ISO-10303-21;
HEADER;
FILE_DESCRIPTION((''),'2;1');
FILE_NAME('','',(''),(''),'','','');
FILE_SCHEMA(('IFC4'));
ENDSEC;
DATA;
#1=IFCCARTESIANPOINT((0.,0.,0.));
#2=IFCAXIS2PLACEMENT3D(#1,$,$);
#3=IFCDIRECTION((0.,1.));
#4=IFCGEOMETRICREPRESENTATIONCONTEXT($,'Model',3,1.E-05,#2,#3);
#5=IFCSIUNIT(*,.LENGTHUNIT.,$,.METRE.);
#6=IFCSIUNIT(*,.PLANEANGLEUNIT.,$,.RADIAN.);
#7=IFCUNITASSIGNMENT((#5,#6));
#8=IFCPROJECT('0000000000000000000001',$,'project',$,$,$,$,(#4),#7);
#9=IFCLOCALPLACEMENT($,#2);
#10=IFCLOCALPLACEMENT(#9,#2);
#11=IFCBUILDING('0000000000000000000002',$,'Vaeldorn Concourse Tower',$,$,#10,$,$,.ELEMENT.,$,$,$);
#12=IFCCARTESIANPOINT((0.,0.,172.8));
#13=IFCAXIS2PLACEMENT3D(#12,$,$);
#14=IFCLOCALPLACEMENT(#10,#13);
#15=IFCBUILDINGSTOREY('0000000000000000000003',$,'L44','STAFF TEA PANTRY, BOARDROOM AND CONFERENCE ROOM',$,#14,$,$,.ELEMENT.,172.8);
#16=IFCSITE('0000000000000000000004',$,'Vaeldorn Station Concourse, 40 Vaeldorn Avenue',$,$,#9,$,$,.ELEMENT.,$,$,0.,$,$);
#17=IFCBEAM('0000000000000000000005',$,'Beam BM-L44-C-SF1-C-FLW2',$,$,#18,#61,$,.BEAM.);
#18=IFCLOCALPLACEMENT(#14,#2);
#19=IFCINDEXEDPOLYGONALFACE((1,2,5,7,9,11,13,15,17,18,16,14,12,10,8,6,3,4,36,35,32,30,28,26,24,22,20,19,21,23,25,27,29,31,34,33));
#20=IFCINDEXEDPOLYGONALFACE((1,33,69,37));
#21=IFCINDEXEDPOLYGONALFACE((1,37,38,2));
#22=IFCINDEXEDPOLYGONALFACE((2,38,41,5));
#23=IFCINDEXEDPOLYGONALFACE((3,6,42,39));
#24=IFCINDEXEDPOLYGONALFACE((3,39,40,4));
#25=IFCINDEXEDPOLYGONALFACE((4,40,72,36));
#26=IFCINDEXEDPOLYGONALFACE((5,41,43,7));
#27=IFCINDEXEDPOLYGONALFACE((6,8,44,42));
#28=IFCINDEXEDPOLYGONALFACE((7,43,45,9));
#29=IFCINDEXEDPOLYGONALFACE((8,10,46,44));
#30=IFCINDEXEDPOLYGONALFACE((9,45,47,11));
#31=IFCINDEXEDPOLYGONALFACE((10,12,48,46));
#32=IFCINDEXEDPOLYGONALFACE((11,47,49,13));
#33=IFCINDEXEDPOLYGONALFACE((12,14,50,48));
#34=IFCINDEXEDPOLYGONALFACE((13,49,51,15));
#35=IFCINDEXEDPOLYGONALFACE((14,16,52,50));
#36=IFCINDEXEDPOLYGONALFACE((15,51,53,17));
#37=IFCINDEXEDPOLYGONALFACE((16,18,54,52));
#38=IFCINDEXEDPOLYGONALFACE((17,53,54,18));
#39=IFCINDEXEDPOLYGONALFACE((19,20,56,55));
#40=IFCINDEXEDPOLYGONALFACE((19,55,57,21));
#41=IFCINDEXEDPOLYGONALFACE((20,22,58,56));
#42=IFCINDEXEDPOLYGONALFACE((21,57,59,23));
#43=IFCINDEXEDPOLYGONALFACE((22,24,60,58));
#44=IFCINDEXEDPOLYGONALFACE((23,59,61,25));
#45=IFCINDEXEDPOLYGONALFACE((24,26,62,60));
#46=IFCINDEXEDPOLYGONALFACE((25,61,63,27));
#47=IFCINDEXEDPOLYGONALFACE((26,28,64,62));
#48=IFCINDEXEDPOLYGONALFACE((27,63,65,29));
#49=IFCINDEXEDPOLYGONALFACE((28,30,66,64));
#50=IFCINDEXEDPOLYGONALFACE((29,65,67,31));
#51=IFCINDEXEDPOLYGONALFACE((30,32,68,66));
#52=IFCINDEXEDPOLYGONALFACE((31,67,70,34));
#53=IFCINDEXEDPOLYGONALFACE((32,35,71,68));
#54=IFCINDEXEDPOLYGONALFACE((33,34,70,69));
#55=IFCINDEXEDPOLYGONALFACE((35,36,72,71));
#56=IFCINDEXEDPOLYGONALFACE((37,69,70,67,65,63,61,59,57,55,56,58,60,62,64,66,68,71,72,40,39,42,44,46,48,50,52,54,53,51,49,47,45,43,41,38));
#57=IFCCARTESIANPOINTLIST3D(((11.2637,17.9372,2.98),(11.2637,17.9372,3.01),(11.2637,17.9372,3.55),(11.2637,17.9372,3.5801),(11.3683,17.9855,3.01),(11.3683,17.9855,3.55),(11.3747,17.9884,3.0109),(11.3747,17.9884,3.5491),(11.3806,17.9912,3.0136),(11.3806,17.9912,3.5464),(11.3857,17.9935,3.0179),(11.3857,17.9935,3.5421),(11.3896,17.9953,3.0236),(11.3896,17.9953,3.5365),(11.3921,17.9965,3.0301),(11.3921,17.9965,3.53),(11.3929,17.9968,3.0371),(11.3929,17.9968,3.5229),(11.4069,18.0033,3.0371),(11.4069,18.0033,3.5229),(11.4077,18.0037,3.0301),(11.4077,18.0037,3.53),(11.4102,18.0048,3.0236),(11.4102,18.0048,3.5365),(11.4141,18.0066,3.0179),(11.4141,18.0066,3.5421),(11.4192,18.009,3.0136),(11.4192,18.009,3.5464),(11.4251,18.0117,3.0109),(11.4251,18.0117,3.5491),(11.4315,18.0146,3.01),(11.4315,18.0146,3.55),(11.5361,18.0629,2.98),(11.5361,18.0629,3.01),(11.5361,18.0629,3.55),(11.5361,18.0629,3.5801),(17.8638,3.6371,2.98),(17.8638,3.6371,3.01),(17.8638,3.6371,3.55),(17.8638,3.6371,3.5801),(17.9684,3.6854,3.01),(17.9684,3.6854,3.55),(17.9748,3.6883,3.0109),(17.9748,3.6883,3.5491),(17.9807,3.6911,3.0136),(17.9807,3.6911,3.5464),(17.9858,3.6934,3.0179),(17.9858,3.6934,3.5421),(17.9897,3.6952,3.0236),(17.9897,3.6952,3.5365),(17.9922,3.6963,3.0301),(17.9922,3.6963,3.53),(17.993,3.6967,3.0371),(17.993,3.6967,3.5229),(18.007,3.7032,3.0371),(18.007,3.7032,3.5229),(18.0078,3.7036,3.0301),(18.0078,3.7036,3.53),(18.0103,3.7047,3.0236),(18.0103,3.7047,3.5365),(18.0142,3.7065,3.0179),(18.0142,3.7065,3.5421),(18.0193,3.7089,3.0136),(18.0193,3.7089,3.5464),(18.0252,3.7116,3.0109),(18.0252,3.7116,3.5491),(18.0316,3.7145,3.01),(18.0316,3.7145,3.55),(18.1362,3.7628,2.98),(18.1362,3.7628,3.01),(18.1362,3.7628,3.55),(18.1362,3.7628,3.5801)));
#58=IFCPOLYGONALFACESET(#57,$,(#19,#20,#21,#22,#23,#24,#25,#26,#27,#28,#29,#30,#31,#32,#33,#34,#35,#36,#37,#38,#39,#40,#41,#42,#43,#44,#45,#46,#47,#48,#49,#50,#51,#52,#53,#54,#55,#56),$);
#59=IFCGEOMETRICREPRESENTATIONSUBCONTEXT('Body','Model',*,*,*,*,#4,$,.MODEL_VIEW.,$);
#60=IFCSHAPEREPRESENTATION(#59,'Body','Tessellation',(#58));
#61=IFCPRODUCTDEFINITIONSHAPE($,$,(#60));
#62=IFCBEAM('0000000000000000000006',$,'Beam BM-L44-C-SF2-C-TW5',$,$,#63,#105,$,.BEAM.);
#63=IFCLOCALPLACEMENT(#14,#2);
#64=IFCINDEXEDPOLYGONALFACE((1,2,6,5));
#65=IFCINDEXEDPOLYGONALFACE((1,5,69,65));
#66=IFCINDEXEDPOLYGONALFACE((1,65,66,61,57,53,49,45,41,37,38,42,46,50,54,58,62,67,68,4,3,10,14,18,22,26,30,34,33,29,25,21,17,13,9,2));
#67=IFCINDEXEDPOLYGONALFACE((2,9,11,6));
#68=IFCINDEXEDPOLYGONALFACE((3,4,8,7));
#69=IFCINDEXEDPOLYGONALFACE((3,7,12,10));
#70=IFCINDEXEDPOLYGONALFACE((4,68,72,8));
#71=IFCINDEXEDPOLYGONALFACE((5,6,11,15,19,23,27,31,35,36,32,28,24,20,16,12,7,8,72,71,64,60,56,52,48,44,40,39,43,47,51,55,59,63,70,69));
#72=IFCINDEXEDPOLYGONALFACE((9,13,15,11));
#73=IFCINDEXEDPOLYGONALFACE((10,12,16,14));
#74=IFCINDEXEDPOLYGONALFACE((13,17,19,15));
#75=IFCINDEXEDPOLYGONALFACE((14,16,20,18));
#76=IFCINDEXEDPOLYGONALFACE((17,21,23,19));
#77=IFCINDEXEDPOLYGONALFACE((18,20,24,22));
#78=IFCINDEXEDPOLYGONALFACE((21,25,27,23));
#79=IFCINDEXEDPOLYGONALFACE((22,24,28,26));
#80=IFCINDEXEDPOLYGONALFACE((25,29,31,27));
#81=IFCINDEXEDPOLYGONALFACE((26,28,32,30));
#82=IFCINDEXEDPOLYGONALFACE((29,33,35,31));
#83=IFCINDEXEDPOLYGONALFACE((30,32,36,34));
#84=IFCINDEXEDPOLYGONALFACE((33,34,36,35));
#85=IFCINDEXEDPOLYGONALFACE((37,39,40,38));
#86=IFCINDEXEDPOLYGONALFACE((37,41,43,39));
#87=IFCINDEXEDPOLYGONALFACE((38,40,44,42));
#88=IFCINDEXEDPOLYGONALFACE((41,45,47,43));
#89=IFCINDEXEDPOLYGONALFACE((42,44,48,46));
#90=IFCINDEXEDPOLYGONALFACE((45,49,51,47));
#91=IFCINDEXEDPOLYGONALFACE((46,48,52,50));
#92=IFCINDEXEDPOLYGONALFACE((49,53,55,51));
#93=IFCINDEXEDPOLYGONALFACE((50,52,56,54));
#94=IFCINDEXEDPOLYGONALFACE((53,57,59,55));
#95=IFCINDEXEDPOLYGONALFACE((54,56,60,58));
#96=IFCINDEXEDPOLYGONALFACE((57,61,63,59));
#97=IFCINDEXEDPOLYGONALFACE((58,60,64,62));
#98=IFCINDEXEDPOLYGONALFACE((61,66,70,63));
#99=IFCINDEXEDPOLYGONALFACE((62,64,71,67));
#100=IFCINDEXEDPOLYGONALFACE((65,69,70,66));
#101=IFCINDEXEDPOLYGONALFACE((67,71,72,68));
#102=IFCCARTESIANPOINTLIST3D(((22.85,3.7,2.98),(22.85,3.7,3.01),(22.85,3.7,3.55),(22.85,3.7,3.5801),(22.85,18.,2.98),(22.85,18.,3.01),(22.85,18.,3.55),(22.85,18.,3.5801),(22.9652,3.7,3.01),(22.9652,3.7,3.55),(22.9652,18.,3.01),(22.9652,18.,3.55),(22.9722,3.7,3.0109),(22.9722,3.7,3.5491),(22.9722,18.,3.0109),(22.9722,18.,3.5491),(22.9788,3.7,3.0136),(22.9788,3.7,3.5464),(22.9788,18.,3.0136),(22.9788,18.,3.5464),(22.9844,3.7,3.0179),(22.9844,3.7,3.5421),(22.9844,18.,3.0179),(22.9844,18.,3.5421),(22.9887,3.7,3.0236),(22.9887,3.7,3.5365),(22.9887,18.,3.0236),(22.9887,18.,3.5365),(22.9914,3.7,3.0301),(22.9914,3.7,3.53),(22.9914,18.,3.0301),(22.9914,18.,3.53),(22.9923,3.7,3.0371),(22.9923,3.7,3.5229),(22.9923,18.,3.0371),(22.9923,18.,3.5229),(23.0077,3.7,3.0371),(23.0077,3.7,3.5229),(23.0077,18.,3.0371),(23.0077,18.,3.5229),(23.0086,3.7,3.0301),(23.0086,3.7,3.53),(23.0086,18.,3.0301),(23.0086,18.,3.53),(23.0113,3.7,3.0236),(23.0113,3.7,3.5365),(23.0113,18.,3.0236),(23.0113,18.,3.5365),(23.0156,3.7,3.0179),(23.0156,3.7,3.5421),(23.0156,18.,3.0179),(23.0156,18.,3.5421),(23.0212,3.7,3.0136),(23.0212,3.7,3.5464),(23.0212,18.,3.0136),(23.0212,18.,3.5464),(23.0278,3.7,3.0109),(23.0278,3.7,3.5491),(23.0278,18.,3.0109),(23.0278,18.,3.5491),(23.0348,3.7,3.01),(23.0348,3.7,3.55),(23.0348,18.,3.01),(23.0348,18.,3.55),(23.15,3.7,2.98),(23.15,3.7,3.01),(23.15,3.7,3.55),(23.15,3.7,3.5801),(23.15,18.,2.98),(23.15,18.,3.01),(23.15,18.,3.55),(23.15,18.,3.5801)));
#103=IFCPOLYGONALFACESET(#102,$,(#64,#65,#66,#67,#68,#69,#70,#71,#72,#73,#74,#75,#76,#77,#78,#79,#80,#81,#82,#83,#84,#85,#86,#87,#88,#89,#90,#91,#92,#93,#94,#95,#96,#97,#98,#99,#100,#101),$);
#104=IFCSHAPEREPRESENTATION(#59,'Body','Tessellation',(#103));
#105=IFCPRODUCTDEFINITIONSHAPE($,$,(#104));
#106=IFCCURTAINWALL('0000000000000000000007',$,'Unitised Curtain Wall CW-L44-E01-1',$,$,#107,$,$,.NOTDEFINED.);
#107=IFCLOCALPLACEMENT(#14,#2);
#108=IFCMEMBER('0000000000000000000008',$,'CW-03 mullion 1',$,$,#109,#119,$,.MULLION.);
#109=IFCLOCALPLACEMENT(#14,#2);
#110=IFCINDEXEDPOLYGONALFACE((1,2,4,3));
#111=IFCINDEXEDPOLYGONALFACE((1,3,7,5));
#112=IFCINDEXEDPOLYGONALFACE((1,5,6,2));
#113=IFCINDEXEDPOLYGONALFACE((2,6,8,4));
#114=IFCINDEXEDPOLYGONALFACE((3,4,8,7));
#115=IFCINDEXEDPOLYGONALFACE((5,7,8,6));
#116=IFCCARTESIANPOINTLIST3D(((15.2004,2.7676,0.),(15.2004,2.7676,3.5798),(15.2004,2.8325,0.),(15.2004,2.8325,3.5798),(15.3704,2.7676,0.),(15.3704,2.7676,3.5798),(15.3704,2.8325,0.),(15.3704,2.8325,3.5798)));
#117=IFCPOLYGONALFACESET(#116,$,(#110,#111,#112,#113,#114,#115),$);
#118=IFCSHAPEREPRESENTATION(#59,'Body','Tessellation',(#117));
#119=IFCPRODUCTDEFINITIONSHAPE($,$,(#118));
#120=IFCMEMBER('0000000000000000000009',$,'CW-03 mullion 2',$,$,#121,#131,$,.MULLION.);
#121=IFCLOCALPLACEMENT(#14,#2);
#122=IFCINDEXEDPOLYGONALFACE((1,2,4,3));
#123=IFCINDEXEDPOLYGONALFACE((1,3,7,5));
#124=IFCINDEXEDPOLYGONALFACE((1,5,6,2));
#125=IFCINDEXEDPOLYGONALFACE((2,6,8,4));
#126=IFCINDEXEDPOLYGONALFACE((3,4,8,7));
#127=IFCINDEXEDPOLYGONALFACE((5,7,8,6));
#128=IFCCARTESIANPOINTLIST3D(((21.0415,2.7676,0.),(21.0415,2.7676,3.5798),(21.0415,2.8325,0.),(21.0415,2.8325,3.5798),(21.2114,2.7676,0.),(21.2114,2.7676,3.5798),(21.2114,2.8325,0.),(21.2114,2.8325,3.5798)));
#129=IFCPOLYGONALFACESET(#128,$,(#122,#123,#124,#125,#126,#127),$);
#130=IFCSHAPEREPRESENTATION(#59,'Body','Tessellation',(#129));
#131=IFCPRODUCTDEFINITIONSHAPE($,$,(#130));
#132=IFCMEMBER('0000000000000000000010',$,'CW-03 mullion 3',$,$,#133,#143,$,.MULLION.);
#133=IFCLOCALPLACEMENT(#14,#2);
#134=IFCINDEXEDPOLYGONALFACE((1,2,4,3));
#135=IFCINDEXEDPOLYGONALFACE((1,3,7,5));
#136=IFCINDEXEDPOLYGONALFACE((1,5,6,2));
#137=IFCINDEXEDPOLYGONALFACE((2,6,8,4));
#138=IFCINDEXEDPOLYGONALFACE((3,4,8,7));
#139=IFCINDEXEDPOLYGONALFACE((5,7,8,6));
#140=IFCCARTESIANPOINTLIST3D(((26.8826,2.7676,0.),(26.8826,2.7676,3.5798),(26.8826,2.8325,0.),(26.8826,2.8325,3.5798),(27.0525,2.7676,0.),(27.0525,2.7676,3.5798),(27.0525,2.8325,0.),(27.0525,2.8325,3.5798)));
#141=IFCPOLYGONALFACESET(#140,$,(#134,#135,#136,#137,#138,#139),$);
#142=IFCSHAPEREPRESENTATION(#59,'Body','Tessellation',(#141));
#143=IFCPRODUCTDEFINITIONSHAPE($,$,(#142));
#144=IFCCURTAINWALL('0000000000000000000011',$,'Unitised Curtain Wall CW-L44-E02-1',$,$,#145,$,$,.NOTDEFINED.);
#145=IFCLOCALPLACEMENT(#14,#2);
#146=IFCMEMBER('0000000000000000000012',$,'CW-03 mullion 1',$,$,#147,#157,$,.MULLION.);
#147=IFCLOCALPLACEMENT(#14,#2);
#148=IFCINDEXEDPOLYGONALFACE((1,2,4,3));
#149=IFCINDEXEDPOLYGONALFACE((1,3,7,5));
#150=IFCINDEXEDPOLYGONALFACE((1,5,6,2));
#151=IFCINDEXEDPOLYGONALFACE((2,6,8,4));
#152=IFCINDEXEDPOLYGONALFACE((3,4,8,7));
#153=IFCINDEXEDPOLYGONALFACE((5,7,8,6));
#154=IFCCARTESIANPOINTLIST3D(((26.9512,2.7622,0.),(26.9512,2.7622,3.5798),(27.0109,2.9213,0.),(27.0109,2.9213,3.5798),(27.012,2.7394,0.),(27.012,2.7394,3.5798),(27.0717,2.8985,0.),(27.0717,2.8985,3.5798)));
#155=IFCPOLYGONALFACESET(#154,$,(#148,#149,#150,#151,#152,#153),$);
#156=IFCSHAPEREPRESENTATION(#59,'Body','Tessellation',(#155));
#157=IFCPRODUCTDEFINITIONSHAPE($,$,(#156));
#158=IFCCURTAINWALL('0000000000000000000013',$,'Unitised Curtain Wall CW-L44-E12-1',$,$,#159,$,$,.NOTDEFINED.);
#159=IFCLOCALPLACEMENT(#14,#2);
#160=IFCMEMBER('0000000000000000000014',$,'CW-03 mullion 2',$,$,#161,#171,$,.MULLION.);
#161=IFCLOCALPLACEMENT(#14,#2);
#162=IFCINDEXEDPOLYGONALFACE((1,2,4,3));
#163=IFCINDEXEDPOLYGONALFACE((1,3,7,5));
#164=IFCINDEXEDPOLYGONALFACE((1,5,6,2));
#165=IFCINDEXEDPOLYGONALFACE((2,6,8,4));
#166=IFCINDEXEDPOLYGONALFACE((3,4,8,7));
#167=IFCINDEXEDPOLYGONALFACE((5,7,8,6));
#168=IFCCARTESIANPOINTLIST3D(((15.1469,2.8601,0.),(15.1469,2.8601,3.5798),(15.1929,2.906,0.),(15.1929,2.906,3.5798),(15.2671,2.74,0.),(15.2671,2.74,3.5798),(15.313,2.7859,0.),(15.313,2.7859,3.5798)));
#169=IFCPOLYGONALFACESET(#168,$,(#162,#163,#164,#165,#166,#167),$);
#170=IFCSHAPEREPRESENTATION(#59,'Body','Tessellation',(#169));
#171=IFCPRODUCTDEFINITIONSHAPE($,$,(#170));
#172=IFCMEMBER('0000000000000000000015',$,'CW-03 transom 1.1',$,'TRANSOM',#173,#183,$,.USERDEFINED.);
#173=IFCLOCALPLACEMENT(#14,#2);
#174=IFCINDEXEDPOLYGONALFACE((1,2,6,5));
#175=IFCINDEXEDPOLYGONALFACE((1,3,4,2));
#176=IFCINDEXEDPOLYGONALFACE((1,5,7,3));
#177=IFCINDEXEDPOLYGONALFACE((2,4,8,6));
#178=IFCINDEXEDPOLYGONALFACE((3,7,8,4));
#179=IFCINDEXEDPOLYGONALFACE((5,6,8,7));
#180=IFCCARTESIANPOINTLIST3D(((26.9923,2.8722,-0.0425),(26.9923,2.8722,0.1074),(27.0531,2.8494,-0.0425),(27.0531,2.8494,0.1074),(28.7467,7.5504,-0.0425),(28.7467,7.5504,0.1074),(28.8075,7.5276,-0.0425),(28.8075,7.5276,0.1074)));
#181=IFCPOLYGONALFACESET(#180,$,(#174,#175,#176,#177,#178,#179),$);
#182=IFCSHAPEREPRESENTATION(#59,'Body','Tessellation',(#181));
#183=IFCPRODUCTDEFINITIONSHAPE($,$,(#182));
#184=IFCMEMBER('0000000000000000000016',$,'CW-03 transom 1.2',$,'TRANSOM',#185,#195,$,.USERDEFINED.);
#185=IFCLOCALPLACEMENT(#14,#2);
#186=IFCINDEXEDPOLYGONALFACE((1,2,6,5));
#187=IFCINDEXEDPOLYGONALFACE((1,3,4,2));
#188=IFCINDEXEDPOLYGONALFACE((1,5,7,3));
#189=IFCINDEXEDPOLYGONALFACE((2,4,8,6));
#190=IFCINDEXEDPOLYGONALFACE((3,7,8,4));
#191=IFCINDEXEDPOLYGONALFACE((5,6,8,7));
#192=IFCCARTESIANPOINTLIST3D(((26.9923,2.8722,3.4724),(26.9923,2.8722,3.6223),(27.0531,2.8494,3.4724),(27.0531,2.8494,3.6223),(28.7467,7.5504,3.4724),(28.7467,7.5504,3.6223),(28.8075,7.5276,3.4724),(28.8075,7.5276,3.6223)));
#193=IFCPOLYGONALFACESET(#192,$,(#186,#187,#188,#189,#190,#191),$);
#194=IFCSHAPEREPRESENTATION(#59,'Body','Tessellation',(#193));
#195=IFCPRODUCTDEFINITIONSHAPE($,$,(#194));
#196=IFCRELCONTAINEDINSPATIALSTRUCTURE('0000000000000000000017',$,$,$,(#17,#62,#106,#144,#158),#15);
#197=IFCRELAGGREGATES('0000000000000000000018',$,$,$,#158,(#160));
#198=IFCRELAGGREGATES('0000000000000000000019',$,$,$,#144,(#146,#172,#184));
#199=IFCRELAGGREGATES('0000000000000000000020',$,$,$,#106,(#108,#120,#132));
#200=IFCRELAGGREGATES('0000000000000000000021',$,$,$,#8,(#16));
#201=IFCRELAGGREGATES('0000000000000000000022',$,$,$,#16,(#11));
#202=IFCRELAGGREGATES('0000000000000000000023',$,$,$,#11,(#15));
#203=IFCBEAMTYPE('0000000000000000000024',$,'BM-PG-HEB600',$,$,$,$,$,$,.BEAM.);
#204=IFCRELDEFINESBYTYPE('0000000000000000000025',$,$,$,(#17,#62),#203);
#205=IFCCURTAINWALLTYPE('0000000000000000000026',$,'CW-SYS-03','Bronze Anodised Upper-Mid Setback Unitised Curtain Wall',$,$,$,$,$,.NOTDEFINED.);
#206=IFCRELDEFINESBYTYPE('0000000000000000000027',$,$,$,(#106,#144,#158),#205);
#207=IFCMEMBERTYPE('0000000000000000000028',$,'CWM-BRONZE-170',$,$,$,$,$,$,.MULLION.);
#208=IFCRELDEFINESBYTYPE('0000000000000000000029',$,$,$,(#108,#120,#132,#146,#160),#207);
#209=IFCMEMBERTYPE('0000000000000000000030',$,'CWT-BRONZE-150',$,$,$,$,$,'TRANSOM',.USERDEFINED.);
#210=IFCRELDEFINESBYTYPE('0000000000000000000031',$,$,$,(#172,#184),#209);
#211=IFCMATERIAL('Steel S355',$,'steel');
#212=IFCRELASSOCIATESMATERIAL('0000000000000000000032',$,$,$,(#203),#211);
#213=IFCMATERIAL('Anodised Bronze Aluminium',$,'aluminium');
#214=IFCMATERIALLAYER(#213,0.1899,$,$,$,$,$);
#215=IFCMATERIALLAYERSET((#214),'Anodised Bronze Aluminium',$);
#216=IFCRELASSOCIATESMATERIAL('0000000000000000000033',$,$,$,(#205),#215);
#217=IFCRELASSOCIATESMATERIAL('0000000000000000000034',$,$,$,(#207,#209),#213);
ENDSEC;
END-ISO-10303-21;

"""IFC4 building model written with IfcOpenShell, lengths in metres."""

from ifc_helpers import new_model, si_unit, direction, frame, origin, origin_2d, place, context, subcontext, project, spatial, rectangle, i_section, extrude, source, transform, mapped, material, layer, layer_set, material_profile, profile_set, type_object, element, aggregate, save


model = new_model("IFC4")

# Units and contexts
model_context = context("Model", 3, precision=1e-05, world=origin(), true_north=direction((0.0, 1.0)))
body_context = subcontext(model_context, "Body", "Model", "MODEL_VIEW")
ifc_project = project(units=[si_unit("LENGTHUNIT", "METRE"), si_unit("PLANEANGLEUNIT", "RADIAN")], contexts=[model_context])

# Site, building, storey
site_placement = place(None, origin())
site = spatial("IfcSite", under=ifc_project, at=site_placement, Name="Vaeldorn Station Concourse, 40 Vaeldorn Avenue", CompositionType="ELEMENT", RefElevation=0.0)
building_placement = place(site_placement, origin())
building = spatial("IfcBuilding", under=site, at=building_placement, Name="Vaeldorn Concourse Tower", CompositionType="ELEMENT")
storey_placement = place(building_placement, frame((0.0, 0.0, 172.8)))
storey = spatial("IfcBuildingStorey", under=building, at=storey_placement, Name="L44", Description="STAFF TEA PANTRY, BOARDROOM AND CONFERENCE ROOM", CompositionType="ELEMENT", Elevation=172.8)

# Shared definitions
ifc_material_1 = material(Name="Steel S355", Category="steel")

# Beams
ifc_material_profile_1 = material_profile(ifc_material_1, i_section(OverallWidth=0.3, OverallDepth=0.6001, WebThickness=0.0154, FlangeThickness=0.03, FilletRadius=0.0271, at=origin_2d()), Name="HEB 600")
ifc_profile_set_1 = profile_set([ifc_material_profile_1], Name="Steel S355")
beam_type_1 = type_object("IfcBeamType", Name="BM-PG-HEB600", PredefinedType="BEAM", material=ifc_profile_set_1)
shared_shape_1 = source(origin(), body_context, "Body", "SweptSolid", [
    extrude(i_section(OverallWidth=0.3, OverallDepth=0.6001, WebThickness=0.0154, FlangeThickness=0.03, FilletRadius=0.0271, at=origin_2d()), origin(), (0.0, 0.0, 1.0), 15.7498),
])
beam_1_placement = place(storey_placement, frame((18.0, 3.7, 3.28), z_axis=(-0.419062, 0.907958, 0.0), x_axis=(-0.907958, -0.419062, 0.0)))
element("IfcBeam", 1, at=beam_1_placement, inside=storey, type_object=beam_type_1, Name="Beam BM-L44-C-SF1-C-FLW2", PredefinedType="BEAM", context=body_context, shape_type="MappedRepresentation", body=[
    mapped(shared_shape_1, transform((0.0, 0.0, 0.0), scale=1.0)),
])
shared_shape_2 = source(origin(), body_context, "Body", "SweptSolid", [
    extrude(i_section(OverallWidth=0.3, OverallDepth=0.6001, WebThickness=0.0154, FlangeThickness=0.03, FilletRadius=0.0271, at=origin_2d()), origin(), (0.0, 0.0, 1.0), 14.3),
])
beam_2_placement = place(storey_placement, frame((23.0, 3.7, 3.28), z_axis=(0.0, 1.0, 0.0), x_axis=(-1.0, 0.0, 0.0)))
element("IfcBeam", 2, at=beam_2_placement, inside=storey, type_object=beam_type_1, Name="Beam BM-L44-C-SF2-C-TW5", PredefinedType="BEAM", context=body_context, shape_type="MappedRepresentation", body=[
    mapped(shared_shape_2, transform((0.0, 0.0, 0.0), scale=1.0)),
])

# Curtain wall, members
ifc_material_2 = material(Name="Anodised Bronze Aluminium", Category="aluminium")
ifc_layer_1 = layer(ifc_material_2, 0.1899)
ifc_layer_set_1 = layer_set([ifc_layer_1], Name="Anodised Bronze Aluminium")
curtain_wall_type = type_object("IfcCurtainWallType", Name="CW-SYS-03", Description="Bronze Anodised Upper-Mid Setback Unitised Curtain Wall", PredefinedType="NOTDEFINED", material=ifc_layer_set_1)
curtain_wall_1_placement = place(storey_placement, origin())
curtain_wall_1 = element("IfcCurtainWall", 3, at=curtain_wall_1_placement, inside=storey, type_object=curtain_wall_type, Name="Unitised Curtain Wall CW-L44-E01-1", PredefinedType="NOTDEFINED")
ifc_material_profile_2 = material_profile(ifc_material_2, rectangle(XDim=0.0649, YDim=0.1699, at=origin_2d()), Name="CWM 65x170")
ifc_profile_set_2 = profile_set([ifc_material_profile_2], Name="Anodised Bronze Aluminium")
member_type_1 = type_object("IfcMemberType", Name="CWM-BRONZE-170", PredefinedType="MULLION", material=ifc_profile_set_2)
shared_shape_3 = source(origin(), body_context, "Body", "SweptSolid", [
    extrude(rectangle(XDim=0.0649, YDim=0.1699, at=origin_2d()), origin(), (0.0, 0.0, 1.0), 3.5798),
])
member_1_placement = place(storey_placement, frame((15.2854, 2.8, 0.0), z_axis=(0.0, 0.0, 1.0), x_axis=(0.0, 1.0, 0.0)))
member_1 = element("IfcMember", 4, at=member_1_placement, type_object=member_type_1, Name="CW-03 mullion 1", PredefinedType="MULLION", context=body_context, shape_type="MappedRepresentation", body=[
    mapped(shared_shape_3, transform((0.0, 0.0, 0.0), scale=1.0)),
])
member_2_placement = place(storey_placement, frame((21.1265, 2.8, 0.0), z_axis=(0.0, 0.0, 1.0), x_axis=(0.0, 1.0, 0.0)))
member_2 = element("IfcMember", 5, at=member_2_placement, type_object=member_type_1, Name="CW-03 mullion 2", PredefinedType="MULLION", context=body_context, shape_type="MappedRepresentation", body=[
    mapped(shared_shape_3, transform((0.0, 0.0, 0.0), scale=1.0)),
])
member_3_placement = place(storey_placement, frame((26.9675, 2.8, 0.0), z_axis=(0.0, 0.0, 1.0), x_axis=(0.0, 1.0, 0.0)))
member_3 = element("IfcMember", 6, at=member_3_placement, type_object=member_type_1, Name="CW-03 mullion 3", PredefinedType="MULLION", context=body_context, shape_type="MappedRepresentation", body=[
    mapped(shared_shape_3, transform((0.0, 0.0, 0.0), scale=1.0)),
])

# Curtain walls, members
curtain_wall_2_placement = place(storey_placement, origin())
curtain_wall_2 = element("IfcCurtainWall", 7, at=curtain_wall_2_placement, inside=storey, type_object=curtain_wall_type, Name="Unitised Curtain Wall CW-L44-E02-1", PredefinedType="NOTDEFINED")
member_4_placement = place(storey_placement, frame((27.0115, 2.8303, 0.0), z_axis=(0.0, 0.0, 1.0), x_axis=(-0.936329, 0.351123, 0.0)))
member_4 = element("IfcMember", 8, at=member_4_placement, type_object=member_type_1, Name="CW-03 mullion 1", PredefinedType="MULLION", context=body_context, shape_type="MappedRepresentation", body=[
    mapped(shared_shape_3, transform((0.0, 0.0, 0.0), scale=1.0)),
])
curtain_wall_3_placement = place(storey_placement, origin())
curtain_wall_3 = element("IfcCurtainWall", 9, at=curtain_wall_3_placement, inside=storey, type_object=curtain_wall_type, Name="Unitised Curtain Wall CW-L44-E12-1", PredefinedType="NOTDEFINED")
member_5_placement = place(storey_placement, frame((15.23, 2.823, 0.0), z_axis=(0.0, 0.0, 1.0), x_axis=(0.707107, 0.707107, 0.0)))
member_5 = element("IfcMember", 10, at=member_5_placement, type_object=member_type_1, Name="CW-03 mullion 2", PredefinedType="MULLION", context=body_context, shape_type="MappedRepresentation", body=[
    mapped(shared_shape_3, transform((0.0, 0.0, 0.0), scale=1.0)),
])
aggregate(curtain_wall_3, [member_5])

# Members
ifc_material_profile_3 = material_profile(ifc_material_2, rectangle(XDim=0.0649, YDim=0.1499, at=origin_2d()), Name="CWT 65x150")
ifc_profile_set_3 = profile_set([ifc_material_profile_3], Name="Anodised Bronze Aluminium")
member_type_2 = type_object("IfcMemberType", Name="CWT-BRONZE-150", ElementType="TRANSOM", PredefinedType="USERDEFINED", material=ifc_profile_set_3)
shared_shape_4 = source(origin(), body_context, "Body", "SweptSolid", [
    extrude(rectangle(XDim=0.0649, YDim=0.1499, at=origin_2d()), origin(), (0.0, 0.0, 1.0), 4.9963),
])
member_6_placement = place(storey_placement, frame((27.0227, 2.8608, 0.0325), z_axis=(0.351134, 0.936325, 0.0), x_axis=(-0.936325, 0.351134, 0.0)))
member_6 = element("IfcMember", 11, at=member_6_placement, type_object=member_type_2, Name="CW-03 transom 1.1", ObjectType="TRANSOM", PredefinedType="USERDEFINED", context=body_context, shape_type="MappedRepresentation", body=[
    mapped(shared_shape_4, transform((0.0, 0.0, 0.0), scale=1.0)),
])
member_7_placement = place(storey_placement, frame((27.0227, 2.8608, 3.5474), z_axis=(0.351134, 0.936325, 0.0), x_axis=(-0.936325, 0.351134, 0.0)))
member_7 = element("IfcMember", 12, at=member_7_placement, type_object=member_type_2, Name="CW-03 transom 1.2", ObjectType="TRANSOM", PredefinedType="USERDEFINED", context=body_context, shape_type="MappedRepresentation", body=[
    mapped(shared_shape_4, transform((0.0, 0.0, 0.0), scale=1.0)),
])
aggregate(curtain_wall_2, [member_4, member_6, member_7])

aggregate(curtain_wall_1, [member_1, member_2, member_3])

save(model, "model.ifc")
